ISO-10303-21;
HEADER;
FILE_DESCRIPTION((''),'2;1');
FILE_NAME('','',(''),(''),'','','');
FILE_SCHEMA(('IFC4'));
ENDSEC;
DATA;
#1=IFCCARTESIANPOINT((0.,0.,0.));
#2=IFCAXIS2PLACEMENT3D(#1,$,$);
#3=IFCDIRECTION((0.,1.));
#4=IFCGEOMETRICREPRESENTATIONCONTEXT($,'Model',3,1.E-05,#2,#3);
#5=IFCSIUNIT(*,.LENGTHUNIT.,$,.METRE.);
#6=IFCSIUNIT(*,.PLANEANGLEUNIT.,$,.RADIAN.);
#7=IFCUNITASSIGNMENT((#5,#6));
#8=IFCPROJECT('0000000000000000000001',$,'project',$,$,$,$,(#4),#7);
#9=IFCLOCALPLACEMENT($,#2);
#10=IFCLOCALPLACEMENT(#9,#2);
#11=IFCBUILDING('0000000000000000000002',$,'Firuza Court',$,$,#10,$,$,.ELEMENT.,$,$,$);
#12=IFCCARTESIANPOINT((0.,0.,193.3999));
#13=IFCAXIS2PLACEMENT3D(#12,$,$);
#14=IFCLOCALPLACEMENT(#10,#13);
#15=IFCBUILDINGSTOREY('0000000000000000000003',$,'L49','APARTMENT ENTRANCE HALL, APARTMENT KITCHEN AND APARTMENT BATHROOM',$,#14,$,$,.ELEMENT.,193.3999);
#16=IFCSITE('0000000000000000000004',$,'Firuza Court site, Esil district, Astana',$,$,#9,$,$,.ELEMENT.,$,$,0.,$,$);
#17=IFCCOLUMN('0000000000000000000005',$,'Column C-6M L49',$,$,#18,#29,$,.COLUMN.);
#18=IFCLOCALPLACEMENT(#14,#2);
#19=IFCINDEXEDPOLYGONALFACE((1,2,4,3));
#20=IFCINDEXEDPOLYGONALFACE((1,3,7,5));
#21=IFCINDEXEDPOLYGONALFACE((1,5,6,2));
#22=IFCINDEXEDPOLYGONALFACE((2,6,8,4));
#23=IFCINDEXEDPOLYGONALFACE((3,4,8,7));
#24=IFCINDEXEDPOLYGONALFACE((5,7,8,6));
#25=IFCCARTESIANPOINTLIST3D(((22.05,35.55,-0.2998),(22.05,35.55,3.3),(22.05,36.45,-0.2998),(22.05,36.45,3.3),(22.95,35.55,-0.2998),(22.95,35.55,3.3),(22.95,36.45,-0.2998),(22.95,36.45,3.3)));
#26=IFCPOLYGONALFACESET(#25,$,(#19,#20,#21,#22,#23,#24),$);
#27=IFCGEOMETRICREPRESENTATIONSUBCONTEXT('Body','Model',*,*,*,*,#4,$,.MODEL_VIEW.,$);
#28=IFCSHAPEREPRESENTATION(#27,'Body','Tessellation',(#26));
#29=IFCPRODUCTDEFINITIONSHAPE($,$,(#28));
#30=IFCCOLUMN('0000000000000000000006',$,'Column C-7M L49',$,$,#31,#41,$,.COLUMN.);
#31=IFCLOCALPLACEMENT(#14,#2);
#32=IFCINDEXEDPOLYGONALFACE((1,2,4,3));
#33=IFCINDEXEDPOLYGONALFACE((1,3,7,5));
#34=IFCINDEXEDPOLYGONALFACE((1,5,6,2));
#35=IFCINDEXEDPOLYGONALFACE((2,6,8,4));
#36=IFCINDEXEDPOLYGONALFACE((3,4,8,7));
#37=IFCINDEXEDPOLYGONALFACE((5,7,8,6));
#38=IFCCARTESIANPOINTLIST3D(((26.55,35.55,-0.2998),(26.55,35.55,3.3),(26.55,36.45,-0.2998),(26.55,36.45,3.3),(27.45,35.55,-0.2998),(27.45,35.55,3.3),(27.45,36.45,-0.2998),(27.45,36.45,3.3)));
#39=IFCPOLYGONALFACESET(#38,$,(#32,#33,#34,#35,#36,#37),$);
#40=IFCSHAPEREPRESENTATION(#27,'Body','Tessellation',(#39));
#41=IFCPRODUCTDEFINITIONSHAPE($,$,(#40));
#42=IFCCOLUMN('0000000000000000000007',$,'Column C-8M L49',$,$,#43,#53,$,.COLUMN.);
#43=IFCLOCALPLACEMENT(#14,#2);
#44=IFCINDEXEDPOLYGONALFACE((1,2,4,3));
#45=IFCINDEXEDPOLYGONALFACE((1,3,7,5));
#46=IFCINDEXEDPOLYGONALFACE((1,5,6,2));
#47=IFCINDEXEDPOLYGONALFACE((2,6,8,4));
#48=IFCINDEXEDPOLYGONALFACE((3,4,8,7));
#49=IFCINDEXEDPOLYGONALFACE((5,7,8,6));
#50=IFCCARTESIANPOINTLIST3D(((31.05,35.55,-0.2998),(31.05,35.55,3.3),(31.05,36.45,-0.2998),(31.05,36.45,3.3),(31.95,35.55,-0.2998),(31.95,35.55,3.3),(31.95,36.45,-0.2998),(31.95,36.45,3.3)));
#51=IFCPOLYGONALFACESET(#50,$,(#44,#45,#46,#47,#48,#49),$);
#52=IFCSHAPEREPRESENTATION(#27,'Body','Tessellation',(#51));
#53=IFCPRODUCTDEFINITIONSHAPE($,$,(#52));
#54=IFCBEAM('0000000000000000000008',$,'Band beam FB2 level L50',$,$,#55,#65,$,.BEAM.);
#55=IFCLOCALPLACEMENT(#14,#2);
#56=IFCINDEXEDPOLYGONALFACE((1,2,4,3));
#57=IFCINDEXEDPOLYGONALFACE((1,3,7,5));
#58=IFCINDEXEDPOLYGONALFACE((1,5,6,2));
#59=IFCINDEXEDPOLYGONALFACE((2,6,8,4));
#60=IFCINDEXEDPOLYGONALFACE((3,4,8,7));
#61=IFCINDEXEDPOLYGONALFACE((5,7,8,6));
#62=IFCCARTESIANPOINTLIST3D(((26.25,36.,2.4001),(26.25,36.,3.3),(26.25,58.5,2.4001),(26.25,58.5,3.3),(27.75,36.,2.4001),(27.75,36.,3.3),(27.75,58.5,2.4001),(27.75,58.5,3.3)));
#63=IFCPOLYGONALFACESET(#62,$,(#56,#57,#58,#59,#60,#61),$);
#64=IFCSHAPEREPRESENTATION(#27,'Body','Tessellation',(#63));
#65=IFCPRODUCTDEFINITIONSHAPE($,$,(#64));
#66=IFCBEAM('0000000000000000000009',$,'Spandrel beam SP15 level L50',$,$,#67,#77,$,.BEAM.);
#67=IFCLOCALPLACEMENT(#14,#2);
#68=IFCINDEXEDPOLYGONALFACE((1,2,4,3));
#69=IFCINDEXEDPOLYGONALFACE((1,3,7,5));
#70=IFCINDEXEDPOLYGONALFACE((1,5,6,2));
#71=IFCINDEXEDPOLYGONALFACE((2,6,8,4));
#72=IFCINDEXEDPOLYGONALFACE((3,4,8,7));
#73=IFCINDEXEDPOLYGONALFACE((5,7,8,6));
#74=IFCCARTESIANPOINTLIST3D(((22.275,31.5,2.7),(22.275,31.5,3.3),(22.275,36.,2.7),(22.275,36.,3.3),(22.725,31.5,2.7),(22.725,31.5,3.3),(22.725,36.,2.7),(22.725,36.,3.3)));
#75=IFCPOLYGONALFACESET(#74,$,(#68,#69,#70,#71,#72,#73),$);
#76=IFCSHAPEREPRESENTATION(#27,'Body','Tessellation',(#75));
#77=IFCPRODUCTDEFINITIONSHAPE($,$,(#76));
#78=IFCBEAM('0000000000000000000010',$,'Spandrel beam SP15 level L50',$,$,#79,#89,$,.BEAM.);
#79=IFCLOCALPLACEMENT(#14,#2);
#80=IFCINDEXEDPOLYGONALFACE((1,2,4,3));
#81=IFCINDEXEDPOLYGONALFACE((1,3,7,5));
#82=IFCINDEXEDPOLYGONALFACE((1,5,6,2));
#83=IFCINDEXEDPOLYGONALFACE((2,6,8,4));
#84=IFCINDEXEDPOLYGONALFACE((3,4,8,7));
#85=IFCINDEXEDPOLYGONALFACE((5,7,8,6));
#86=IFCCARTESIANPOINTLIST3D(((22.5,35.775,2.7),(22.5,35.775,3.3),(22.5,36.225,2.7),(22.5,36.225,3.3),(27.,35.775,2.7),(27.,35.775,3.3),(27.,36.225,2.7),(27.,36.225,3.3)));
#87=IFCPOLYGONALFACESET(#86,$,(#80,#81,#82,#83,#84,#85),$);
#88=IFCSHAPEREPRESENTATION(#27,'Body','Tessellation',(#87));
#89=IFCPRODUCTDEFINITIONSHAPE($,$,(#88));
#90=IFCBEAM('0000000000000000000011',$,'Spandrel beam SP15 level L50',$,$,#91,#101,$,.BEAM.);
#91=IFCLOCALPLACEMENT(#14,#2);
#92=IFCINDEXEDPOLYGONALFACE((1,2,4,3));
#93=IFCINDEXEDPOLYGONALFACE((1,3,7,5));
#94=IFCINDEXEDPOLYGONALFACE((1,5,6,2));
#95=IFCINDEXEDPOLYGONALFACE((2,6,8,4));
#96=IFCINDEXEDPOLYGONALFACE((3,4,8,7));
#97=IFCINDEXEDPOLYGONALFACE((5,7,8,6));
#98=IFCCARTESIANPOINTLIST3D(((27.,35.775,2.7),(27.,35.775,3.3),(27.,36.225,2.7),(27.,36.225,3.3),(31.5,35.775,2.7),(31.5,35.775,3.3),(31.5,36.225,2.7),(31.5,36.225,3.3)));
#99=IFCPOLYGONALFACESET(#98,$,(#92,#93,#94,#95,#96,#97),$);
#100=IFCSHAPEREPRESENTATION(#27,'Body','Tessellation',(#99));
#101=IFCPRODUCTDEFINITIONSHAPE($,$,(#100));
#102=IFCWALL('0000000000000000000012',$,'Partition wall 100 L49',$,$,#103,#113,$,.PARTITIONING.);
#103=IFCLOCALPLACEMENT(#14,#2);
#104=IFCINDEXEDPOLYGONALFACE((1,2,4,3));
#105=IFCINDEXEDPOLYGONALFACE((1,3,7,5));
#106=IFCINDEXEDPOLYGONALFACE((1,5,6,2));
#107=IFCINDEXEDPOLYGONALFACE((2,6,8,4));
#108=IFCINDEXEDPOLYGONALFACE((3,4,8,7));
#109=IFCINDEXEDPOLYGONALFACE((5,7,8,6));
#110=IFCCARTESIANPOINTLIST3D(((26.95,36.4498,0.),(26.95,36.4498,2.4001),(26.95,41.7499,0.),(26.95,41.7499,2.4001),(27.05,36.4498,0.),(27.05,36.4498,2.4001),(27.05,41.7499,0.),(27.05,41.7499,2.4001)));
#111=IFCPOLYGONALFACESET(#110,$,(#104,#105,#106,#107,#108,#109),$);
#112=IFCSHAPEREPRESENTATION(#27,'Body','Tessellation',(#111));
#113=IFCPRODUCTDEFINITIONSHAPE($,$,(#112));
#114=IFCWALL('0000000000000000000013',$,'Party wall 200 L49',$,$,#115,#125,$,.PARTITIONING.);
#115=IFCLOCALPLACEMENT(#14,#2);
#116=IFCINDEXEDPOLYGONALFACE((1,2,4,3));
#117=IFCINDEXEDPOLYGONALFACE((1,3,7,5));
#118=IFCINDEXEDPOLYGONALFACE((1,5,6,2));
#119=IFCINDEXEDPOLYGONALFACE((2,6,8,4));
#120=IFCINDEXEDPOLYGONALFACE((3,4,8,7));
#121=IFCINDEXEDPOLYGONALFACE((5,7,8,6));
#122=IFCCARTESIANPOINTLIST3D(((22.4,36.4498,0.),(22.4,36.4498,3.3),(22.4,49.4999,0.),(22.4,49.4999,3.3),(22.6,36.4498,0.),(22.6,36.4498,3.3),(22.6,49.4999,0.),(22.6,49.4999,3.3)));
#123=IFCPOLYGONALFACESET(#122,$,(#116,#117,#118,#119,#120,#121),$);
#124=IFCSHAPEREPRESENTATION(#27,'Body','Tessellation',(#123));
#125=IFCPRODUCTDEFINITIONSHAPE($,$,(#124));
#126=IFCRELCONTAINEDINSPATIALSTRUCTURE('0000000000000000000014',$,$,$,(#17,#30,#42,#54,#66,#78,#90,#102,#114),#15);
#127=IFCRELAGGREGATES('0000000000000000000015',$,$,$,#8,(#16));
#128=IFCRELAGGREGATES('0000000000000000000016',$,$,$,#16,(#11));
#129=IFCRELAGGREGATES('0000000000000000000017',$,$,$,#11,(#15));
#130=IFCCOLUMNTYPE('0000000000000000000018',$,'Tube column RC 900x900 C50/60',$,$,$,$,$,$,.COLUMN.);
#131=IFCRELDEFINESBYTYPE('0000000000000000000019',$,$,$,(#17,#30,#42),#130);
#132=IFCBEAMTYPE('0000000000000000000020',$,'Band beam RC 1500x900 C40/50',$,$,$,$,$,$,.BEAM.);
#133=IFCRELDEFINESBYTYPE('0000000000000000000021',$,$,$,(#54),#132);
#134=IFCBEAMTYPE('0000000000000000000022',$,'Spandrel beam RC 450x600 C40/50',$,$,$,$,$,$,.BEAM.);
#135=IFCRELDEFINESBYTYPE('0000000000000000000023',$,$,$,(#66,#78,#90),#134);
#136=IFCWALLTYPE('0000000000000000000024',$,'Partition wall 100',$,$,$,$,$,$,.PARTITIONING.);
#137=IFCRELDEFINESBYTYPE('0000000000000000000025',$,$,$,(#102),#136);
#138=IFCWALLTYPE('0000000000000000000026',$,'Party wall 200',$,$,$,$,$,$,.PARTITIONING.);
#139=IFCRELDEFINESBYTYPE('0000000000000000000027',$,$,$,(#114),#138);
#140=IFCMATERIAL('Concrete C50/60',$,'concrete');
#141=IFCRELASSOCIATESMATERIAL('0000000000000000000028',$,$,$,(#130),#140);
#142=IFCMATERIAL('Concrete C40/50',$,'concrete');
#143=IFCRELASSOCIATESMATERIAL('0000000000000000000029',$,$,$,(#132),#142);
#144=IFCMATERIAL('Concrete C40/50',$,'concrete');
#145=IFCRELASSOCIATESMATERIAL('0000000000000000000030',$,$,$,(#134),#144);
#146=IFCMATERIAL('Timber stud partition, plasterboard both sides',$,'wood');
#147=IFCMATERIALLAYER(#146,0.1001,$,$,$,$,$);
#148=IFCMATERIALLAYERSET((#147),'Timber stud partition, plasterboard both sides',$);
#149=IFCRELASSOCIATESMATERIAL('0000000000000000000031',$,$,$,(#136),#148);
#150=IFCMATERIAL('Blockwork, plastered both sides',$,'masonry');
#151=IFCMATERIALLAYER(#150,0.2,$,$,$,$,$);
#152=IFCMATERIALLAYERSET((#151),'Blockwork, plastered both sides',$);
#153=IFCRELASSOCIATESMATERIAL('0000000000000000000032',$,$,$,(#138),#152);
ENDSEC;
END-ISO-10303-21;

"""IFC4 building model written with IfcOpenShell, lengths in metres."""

from ifc_helpers import new_model, si_unit, direction, frame, frame_2d, origin, origin_2d, place, context, subcontext, project, spatial, rectangle, extrude, material, layer, layer_set, material_profile, profile_set, type_object, element, save


model = new_model("IFC4")

# Units and contexts
model_context = context("Model", 3, precision=1e-05, world=origin(), true_north=direction((0.0, 1.0)))
body_context = subcontext(model_context, "Body", "Model", "MODEL_VIEW")
ifc_project = project(units=[si_unit("LENGTHUNIT", "METRE"), si_unit("PLANEANGLEUNIT", "RADIAN")], contexts=[model_context])

# Site, building, storey
site_placement = place(None, origin())
site = spatial("IfcSite", under=ifc_project, at=site_placement, Name="Firuza Court site, Esil district, Astana", CompositionType="ELEMENT", RefElevation=0.0)
building_placement = place(site_placement, origin())
building = spatial("IfcBuilding", under=site, at=building_placement, Name="Firuza Court", CompositionType="ELEMENT")
storey_placement = place(building_placement, frame((0.0, 0.0, 193.3999)))
storey = spatial("IfcBuildingStorey", under=building, at=storey_placement, Name="L49", Description="APARTMENT ENTRANCE HALL, APARTMENT KITCHEN AND APARTMENT BATHROOM", CompositionType="ELEMENT", Elevation=193.3999)

# Columns
ifc_material_1 = material(Name="Concrete C50/60", Category="concrete")
ifc_material_profile_1 = material_profile(ifc_material_1, rectangle(XDim=0.8999, YDim=0.8999, at=origin_2d()), Name="RC 900x900")
ifc_profile_set_1 = profile_set([ifc_material_profile_1], Name="Concrete C50/60")
column_type = type_object("IfcColumnType", Name="Tube column RC 900x900 C50/60", PredefinedType="COLUMN", material=ifc_profile_set_1)
for number, where, z_axis, x_axis, name in (
    (1, (22.5, 36.0, -0.2998), (0.0, 0.0, 1.0), (1.0, 0.0, 0.0), "Column C-6M L49"),
    (2, (27.0, 36.0, -0.2998), (0.0, 0.0, 1.0), (1.0, 0.0, 0.0), "Column C-7M L49"),
    (3, (31.5, 36.0, -0.2998), (0.0, 0.0, 1.0), (1.0, 0.0, 0.0), "Column C-8M L49"),
):
    element("IfcColumn", number, at=place(storey_placement, frame(where, z_axis=z_axis, x_axis=x_axis)), inside=storey, type_object=column_type, Name=name, PredefinedType="COLUMN", context=body_context, shape_type="SweptSolid", body=[
        extrude(rectangle(XDim=0.8999, YDim=0.8999, at=origin_2d()), origin(), (0.0, 0.0, 1.0), 3.5999),
    ])

# Beams
ifc_material_2 = material(Name="Concrete C40/50", Category="concrete")
ifc_material_profile_2 = material_profile(ifc_material_2, rectangle(XDim=1.5, YDim=0.8999, at=origin_2d()), Name="RC 1500x900")
ifc_profile_set_2 = profile_set([ifc_material_profile_2], Name="Concrete C40/50")
beam_type_1 = type_object("IfcBeamType", Name="Band beam RC 1500x900 C40/50", PredefinedType="BEAM", material=ifc_profile_set_2)
beam_placement = place(storey_placement, frame((27.0, 36.0, 2.8501), z_axis=(0.0, 1.0, 0.0), x_axis=(-1.0, 0.0, 0.0)))
element("IfcBeam", 4, at=beam_placement, inside=storey, type_object=beam_type_1, Name="Band beam FB2 level L50", PredefinedType="BEAM", context=body_context, shape_type="SweptSolid", body=[
    extrude(rectangle(XDim=1.5, YDim=0.8999, at=origin_2d()), origin(), (0.0, 0.0, 1.0), 22.5),
])
ifc_material_3 = material(Name="Concrete C40/50", Category="concrete")
ifc_material_profile_3 = material_profile(ifc_material_3, rectangle(XDim=0.45, YDim=0.6001, at=origin_2d()), Name="RC 450x600")
ifc_profile_set_3 = profile_set([ifc_material_profile_3], Name="Concrete C40/50")
beam_type_2 = type_object("IfcBeamType", Name="Spandrel beam RC 450x600 C40/50", PredefinedType="BEAM", material=ifc_profile_set_3)
for number, where, z_axis, x_axis, name in (
    (5, (22.5, 31.5, 3.0), (0.0, 1.0, 0.0), (-1.0, 0.0, 0.0), "Spandrel beam SP15 level L50"),
    (6, (22.5, 36.0, 3.0), (1.0, 0.0, 0.0), (0.0, 1.0, 0.0), "Spandrel beam SP15 level L50"),
    (7, (27.0, 36.0, 3.0), (1.0, 0.0, 0.0), (0.0, 1.0, 0.0), "Spandrel beam SP15 level L50"),
):
    element("IfcBeam", number, at=place(storey_placement, frame(where, z_axis=z_axis, x_axis=x_axis)), inside=storey, type_object=beam_type_2, Name=name, PredefinedType="BEAM", context=body_context, shape_type="SweptSolid", body=[
        extrude(rectangle(XDim=0.45, YDim=0.6001, at=origin_2d()), origin(), (0.0, 0.0, 1.0), 4.5),
    ])

# Walls
ifc_material_4 = material(Name="Timber stud partition, plasterboard both sides", Category="wood")
ifc_layer_1 = layer(ifc_material_4, 0.1001)
ifc_layer_set_1 = layer_set([ifc_layer_1], Name="Timber stud partition, plasterboard both sides")
wall_type_1 = type_object("IfcWallType", Name="Partition wall 100", PredefinedType="PARTITIONING", material=ifc_layer_set_1)
wall_1_placement = place(storey_placement, frame((27.0, 36.45, 0.0), z_axis=(0.0, 0.0, 1.0), x_axis=(0.0, 1.0, 0.0)))
element("IfcWall", 8, at=wall_1_placement, inside=storey, type_object=wall_type_1, Name="Partition wall 100 L49", PredefinedType="PARTITIONING", context=body_context, shape_type="SweptSolid", body=[
    extrude(rectangle(XDim=5.3, YDim=0.1001, at=frame_2d((2.6499, 0.0))), origin(), (0.0, 0.0, 1.0), 2.4001),
])
ifc_material_5 = material(Name="Blockwork, plastered both sides", Category="masonry")
ifc_layer_2 = layer(ifc_material_5, 0.2)
ifc_layer_set_2 = layer_set([ifc_layer_2], Name="Blockwork, plastered both sides")
wall_type_2 = type_object("IfcWallType", Name="Party wall 200", PredefinedType="PARTITIONING", material=ifc_layer_set_2)
wall_2_placement = place(storey_placement, frame((22.5, 36.45, 0.0), z_axis=(0.0, 0.0, 1.0), x_axis=(0.0, 1.0, 0.0)))
element("IfcWall", 9, at=wall_2_placement, inside=storey, type_object=wall_type_2, Name="Party wall 200 L49", PredefinedType="PARTITIONING", context=body_context, shape_type="SweptSolid", body=[
    extrude(rectangle(XDim=13.05, YDim=0.2, at=frame_2d((6.5249, 0.0))), origin(), (0.0, 0.0, 1.0), 3.3),
])

save(model, "model.ifc")
